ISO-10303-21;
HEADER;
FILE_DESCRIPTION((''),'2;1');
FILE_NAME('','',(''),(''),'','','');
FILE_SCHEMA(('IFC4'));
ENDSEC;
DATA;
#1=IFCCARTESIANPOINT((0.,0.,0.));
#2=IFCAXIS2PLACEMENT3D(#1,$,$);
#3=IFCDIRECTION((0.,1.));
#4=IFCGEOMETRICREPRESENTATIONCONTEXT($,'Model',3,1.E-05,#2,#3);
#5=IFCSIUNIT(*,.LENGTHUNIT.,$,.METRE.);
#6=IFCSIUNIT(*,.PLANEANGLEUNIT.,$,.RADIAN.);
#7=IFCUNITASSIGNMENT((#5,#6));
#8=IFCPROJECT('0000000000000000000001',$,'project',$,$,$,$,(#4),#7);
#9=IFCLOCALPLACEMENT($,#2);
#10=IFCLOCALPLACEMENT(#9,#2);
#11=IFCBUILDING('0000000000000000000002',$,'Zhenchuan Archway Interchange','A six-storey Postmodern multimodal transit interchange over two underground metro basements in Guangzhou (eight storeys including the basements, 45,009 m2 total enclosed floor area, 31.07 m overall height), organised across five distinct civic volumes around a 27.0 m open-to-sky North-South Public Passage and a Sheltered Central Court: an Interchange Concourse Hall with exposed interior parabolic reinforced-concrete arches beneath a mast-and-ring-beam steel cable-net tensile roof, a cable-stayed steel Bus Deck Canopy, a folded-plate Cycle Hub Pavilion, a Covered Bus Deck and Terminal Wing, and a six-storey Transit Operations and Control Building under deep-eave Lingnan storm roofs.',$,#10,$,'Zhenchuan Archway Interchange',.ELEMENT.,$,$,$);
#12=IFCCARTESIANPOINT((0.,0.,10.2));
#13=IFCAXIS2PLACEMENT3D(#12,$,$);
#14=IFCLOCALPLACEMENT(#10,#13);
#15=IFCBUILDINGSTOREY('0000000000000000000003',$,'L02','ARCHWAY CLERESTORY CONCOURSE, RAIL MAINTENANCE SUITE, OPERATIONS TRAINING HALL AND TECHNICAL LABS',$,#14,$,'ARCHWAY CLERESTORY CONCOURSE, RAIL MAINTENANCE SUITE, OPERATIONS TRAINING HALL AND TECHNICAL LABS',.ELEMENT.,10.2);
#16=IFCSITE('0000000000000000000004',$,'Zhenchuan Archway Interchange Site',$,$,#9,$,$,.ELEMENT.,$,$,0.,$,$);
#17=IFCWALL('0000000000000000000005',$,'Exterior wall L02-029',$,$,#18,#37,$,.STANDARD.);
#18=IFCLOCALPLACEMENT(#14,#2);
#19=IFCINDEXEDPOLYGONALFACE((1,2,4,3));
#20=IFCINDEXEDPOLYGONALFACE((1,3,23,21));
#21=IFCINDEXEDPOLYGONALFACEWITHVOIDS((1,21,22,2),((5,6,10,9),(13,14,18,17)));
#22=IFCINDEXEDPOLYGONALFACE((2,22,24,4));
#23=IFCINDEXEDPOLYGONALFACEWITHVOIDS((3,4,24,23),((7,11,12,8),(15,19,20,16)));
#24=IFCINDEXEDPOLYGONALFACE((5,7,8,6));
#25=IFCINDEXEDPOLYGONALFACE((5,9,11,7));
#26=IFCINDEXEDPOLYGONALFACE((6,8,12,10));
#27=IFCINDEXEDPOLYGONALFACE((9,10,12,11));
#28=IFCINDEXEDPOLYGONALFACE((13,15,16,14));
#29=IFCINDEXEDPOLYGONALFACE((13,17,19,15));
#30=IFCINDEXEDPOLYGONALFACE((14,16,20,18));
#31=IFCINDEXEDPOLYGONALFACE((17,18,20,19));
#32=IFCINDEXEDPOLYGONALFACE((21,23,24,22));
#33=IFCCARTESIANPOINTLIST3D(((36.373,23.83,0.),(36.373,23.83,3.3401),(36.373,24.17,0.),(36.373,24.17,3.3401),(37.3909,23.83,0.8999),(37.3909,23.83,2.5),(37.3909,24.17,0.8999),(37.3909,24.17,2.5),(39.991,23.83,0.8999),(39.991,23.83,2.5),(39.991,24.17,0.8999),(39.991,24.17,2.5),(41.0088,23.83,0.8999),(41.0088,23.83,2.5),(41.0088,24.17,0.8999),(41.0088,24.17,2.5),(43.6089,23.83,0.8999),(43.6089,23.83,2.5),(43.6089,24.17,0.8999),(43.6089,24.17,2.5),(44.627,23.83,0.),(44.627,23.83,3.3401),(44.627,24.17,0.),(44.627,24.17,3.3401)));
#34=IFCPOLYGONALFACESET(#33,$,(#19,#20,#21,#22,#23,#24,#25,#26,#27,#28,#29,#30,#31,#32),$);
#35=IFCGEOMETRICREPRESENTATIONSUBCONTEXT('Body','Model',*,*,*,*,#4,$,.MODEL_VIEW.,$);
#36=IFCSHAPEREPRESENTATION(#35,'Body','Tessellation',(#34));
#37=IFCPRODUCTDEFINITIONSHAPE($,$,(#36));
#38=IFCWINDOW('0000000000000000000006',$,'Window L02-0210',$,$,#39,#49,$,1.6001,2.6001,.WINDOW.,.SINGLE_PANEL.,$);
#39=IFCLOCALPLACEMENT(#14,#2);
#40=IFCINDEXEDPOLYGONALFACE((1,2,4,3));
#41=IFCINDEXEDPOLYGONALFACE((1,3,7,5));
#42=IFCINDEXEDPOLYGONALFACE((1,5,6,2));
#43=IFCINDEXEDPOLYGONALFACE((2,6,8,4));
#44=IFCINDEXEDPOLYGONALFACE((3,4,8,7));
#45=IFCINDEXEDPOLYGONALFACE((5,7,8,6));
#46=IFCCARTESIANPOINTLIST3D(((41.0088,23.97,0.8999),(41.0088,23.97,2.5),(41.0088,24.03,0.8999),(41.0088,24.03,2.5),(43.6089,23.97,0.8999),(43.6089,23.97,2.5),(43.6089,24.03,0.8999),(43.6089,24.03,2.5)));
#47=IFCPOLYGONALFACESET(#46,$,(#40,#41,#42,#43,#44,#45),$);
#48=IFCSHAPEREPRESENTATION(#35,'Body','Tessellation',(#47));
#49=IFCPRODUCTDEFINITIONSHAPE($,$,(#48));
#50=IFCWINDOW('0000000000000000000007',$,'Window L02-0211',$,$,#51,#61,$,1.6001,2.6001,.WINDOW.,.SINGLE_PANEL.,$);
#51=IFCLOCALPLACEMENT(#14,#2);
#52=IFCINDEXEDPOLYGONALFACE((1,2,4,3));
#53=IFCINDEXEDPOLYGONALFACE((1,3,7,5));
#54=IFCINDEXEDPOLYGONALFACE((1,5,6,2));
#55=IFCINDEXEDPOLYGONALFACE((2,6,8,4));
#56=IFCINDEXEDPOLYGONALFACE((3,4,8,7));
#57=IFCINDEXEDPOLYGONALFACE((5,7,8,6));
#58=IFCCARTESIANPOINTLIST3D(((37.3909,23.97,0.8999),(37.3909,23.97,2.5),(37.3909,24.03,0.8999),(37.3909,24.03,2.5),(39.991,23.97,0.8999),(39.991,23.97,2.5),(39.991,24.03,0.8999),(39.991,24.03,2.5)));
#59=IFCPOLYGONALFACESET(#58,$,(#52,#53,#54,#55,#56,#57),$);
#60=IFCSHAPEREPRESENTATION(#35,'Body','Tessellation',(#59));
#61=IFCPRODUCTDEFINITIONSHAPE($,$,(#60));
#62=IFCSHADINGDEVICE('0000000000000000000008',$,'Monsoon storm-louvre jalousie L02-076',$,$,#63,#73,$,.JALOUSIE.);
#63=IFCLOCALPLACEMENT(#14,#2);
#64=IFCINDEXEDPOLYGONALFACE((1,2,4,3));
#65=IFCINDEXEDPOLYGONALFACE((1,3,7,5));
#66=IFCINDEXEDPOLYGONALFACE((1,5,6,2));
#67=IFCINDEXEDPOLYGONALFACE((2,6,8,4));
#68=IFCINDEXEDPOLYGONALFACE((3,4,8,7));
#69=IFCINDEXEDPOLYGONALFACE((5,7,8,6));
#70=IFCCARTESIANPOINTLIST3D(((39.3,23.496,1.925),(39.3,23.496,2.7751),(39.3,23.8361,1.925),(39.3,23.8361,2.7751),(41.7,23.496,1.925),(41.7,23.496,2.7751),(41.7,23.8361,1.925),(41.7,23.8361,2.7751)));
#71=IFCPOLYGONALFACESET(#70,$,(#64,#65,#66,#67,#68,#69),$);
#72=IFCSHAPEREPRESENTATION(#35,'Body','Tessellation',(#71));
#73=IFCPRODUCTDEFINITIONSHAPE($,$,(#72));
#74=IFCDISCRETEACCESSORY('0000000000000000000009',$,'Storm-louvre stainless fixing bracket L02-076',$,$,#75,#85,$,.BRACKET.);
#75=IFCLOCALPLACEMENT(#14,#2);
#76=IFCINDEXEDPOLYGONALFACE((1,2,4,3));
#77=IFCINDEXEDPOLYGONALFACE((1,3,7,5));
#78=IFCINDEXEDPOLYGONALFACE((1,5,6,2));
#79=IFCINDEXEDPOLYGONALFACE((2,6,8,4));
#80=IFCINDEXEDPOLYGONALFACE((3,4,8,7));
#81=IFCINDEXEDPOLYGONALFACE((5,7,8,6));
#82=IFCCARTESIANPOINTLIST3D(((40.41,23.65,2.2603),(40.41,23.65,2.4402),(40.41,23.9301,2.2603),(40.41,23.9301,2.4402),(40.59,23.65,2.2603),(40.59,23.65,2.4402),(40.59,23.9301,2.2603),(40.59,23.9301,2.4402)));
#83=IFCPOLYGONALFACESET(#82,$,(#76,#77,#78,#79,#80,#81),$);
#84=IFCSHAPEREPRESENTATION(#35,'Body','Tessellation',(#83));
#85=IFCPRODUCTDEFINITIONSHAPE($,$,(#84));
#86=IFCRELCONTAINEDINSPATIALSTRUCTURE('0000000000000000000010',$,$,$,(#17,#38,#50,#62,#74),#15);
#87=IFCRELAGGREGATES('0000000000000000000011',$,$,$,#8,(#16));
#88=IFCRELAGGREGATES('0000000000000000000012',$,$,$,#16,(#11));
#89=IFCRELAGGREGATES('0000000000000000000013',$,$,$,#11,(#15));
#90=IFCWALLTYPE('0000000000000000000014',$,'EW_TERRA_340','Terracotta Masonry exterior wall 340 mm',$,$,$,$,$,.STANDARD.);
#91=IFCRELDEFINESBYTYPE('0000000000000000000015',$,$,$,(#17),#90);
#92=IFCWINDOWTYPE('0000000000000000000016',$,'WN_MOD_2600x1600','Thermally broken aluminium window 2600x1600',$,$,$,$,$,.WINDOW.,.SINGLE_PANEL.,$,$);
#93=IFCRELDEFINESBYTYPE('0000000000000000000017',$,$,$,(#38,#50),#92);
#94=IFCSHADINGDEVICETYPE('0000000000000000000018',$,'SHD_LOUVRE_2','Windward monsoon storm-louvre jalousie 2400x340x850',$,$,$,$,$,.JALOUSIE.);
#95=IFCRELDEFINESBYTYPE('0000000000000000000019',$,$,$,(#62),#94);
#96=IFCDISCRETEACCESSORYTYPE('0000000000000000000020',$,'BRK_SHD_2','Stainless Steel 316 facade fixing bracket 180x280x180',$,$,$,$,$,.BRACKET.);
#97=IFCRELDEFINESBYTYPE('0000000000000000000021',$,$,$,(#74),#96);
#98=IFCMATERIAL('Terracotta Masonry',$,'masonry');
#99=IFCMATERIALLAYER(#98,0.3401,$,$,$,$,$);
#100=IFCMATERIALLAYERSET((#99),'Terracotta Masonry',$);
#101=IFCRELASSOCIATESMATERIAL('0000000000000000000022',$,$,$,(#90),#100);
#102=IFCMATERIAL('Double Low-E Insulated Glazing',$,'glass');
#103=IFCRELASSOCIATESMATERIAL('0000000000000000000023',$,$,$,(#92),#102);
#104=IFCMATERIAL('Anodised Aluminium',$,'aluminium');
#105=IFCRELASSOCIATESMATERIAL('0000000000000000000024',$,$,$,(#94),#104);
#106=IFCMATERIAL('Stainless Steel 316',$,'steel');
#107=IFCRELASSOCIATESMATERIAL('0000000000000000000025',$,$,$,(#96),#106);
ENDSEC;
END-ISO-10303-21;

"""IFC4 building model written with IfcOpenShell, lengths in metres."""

from ifc_helpers import new_model, si_unit, direction, frame, frame_2d, origin, origin_2d, place, context, subcontext, project, spatial, rectangle, extrude, material, layer, layer_set, type_object, element, fill, save


model = new_model("IFC4")

# Units and contexts
model_context = context("Model", 3, precision=1e-05, world=origin(), true_north=direction((0.0, 1.0)))
body_context = subcontext(model_context, "Body", "Model", "MODEL_VIEW")
ifc_project = project(units=[si_unit("LENGTHUNIT", "METRE"), si_unit("PLANEANGLEUNIT", "RADIAN")], contexts=[model_context])

# Site, building, storey
site_placement = place(None, origin())
site = spatial("IfcSite", under=ifc_project, at=site_placement, Name="Zhenchuan Archway Interchange Site", CompositionType="ELEMENT", RefElevation=0.0)
building_placement = place(site_placement, origin())
building = spatial("IfcBuilding", under=site, at=building_placement, Name="Zhenchuan Archway Interchange", Description="A six-storey Postmodern multimodal transit interchange over two underground metro basements in Guangzhou (eight storeys including the basements, 45,009 m2 total enclosed floor area, 31.07 m overall height), organised across five distinct civic volumes around a 27.0 m open-to-sky North-South Public Passage and a Sheltered Central Court: an Interchange Concourse Hall with exposed interior parabolic reinforced-concrete arches beneath a mast-and-ring-beam steel cable-net tensile roof, a cable-stayed steel Bus Deck Canopy, a folded-plate Cycle Hub Pavilion, a Covered Bus Deck and Terminal Wing, and a six-storey Transit Operations and Control Building under deep-eave Lingnan storm roofs.", LongName="Zhenchuan Archway Interchange", CompositionType="ELEMENT")
storey_placement = place(building_placement, frame((0.0, 0.0, 10.2)))
storey = spatial("IfcBuildingStorey", under=building, at=storey_placement, Name="L02", Description="ARCHWAY CLERESTORY CONCOURSE, RAIL MAINTENANCE SUITE, OPERATIONS TRAINING HALL AND TECHNICAL LABS", LongName="ARCHWAY CLERESTORY CONCOURSE, RAIL MAINTENANCE SUITE, OPERATIONS TRAINING HALL AND TECHNICAL LABS", CompositionType="ELEMENT", Elevation=10.2)

# Shared definitions
ifc_material_1 = material(Name="Anodised Aluminium", Category="aluminium")

# Shared definitions
ifc_material_2 = material(Name="Double Low-E Insulated Glazing", Category="glass")

# Wall, openings, windows
ifc_material_3 = material(Name="Terracotta Masonry", Category="masonry")
ifc_layer_1 = layer(ifc_material_3, 0.3401)
ifc_layer_set_1 = layer_set([ifc_layer_1], Name="Terracotta Masonry")
wall_type = type_object("IfcWallType", Name="EW_TERRA_340", Description="Terracotta Masonry exterior wall 340 mm", PredefinedType="STANDARD", material=ifc_layer_set_1)
wall_placement = place(storey_placement, frame((44.627, 24.0, 0.0), z_axis=(0.0, 0.0, 1.0), x_axis=(-1.0, 0.0, 0.0)))
wall = element("IfcWall", 1, at=wall_placement, inside=storey, type_object=wall_type, Name="Exterior wall L02-029", PredefinedType="STANDARD", context=body_context, shape_type="SweptSolid", body=[
    extrude(rectangle(XDim=8.2539, YDim=0.3401, at=frame_2d((4.127, 0.0))), origin(), (0.0, 0.0, 1.0), 3.3401),
])
opening_1_placement = place(wall_placement, frame((1.0181, 0.0, 0.8999)))
opening_1 = element("IfcOpeningElement", 2, at=opening_1_placement, cuts=wall, PredefinedType="OPENING", context=body_context, shape_type="SweptSolid", body=[
    extrude(rectangle(XDim=2.6001, YDim=1.6001, at=frame_2d((1.3, 0.8))), frame((0.0, 0.1821, 0.0), z_axis=(0.0, -1.0, 0.0), x_axis=(1.0, 0.0, 0.0)), (0.0, 0.0, 1.0), 0.364),
])
opening_2_placement = place(wall_placement, frame((4.636, 0.0, 0.8999)))
opening_2 = element("IfcOpeningElement", 3, at=opening_2_placement, cuts=wall, PredefinedType="OPENING", context=body_context, shape_type="SweptSolid", body=[
    extrude(rectangle(XDim=2.6001, YDim=1.6001, at=frame_2d((1.3, 0.8))), frame((0.0, 0.1821, 0.0), z_axis=(0.0, -1.0, 0.0), x_axis=(1.0, 0.0, 0.0)), (0.0, 0.0, 1.0), 0.364),
])
window_type = type_object("IfcWindowType", Name="WN_MOD_2600x1600", Description="Thermally broken aluminium window 2600x1600", PartitioningType="SINGLE_PANEL", PredefinedType="WINDOW", material=ifc_material_2)
window_1_placement = place(opening_1_placement, origin())
window_1 = element("IfcWindow", 4, at=window_1_placement, inside=storey, type_object=window_type, Name="Window L02-0210", OverallHeight=1.6001, OverallWidth=2.6001, PartitioningType="SINGLE_PANEL", PredefinedType="WINDOW", context=body_context, shape_type="SweptSolid", body=[
    extrude(rectangle(XDim=2.6001, YDim=1.6001, at=frame_2d((1.3, 0.8))), frame((0.0, 0.03, 0.0), z_axis=(0.0, -1.0, 0.0), x_axis=(1.0, 0.0, 0.0)), (0.0, 0.0, 1.0), 0.0601),
])
fill(opening_1, window_1)
window_2_placement = place(opening_2_placement, origin())
window_2 = element("IfcWindow", 5, at=window_2_placement, inside=storey, type_object=window_type, Name="Window L02-0211", OverallHeight=1.6001, OverallWidth=2.6001, PartitioningType="SINGLE_PANEL", PredefinedType="WINDOW", context=body_context, shape_type="SweptSolid", body=[
    extrude(rectangle(XDim=2.6001, YDim=1.6001, at=frame_2d((1.3, 0.8))), frame((0.0, 0.03, 0.0), z_axis=(0.0, -1.0, 0.0), x_axis=(1.0, 0.0, 0.0)), (0.0, 0.0, 1.0), 0.0601),
])
fill(opening_2, window_2)

# Shading device
shading_device_type = type_object("IfcShadingDeviceType", Name="SHD_LOUVRE_2", Description="Windward monsoon storm-louvre jalousie 2400x340x850", PredefinedType="JALOUSIE", material=ifc_material_1)
shading_device_placement = place(storey_placement, frame((40.5, 23.666, 1.925), z_axis=(0.0, 0.0, 1.0), x_axis=(-1.0, 0.0, 0.0)))
element("IfcShadingDevice", 6, at=shading_device_placement, inside=storey, type_object=shading_device_type, Name="Monsoon storm-louvre jalousie L02-076", PredefinedType="JALOUSIE", context=body_context, shape_type="SweptSolid", body=[
    extrude(rectangle(XDim=2.3999, YDim=0.3401, at=origin_2d()), origin(), (0.0, 0.0, 1.0), 0.8501),
])

# Discrete accessory
ifc_material_4 = material(Name="Stainless Steel 316", Category="steel")
discrete_accessory_type = type_object("IfcDiscreteAccessoryType", Name="BRK_SHD_2", Description="Stainless Steel 316 facade fixing bracket 180x280x180", PredefinedType="BRACKET", material=ifc_material_4)
discrete_accessory_placement = place(storey_placement, frame((40.5, 23.79, 2.2603), z_axis=(0.0, 0.0, 1.0), x_axis=(-1.0, 0.0, 0.0)))
element("IfcDiscreteAccessory", 7, at=discrete_accessory_placement, inside=storey, type_object=discrete_accessory_type, Name="Storm-louvre stainless fixing bracket L02-076", PredefinedType="BRACKET", context=body_context, shape_type="SweptSolid", body=[
    extrude(rectangle(XDim=0.1799, YDim=0.28, at=origin_2d()), origin(), (0.0, 0.0, 1.0), 0.1799),
])

save(model, "model.ifc")
